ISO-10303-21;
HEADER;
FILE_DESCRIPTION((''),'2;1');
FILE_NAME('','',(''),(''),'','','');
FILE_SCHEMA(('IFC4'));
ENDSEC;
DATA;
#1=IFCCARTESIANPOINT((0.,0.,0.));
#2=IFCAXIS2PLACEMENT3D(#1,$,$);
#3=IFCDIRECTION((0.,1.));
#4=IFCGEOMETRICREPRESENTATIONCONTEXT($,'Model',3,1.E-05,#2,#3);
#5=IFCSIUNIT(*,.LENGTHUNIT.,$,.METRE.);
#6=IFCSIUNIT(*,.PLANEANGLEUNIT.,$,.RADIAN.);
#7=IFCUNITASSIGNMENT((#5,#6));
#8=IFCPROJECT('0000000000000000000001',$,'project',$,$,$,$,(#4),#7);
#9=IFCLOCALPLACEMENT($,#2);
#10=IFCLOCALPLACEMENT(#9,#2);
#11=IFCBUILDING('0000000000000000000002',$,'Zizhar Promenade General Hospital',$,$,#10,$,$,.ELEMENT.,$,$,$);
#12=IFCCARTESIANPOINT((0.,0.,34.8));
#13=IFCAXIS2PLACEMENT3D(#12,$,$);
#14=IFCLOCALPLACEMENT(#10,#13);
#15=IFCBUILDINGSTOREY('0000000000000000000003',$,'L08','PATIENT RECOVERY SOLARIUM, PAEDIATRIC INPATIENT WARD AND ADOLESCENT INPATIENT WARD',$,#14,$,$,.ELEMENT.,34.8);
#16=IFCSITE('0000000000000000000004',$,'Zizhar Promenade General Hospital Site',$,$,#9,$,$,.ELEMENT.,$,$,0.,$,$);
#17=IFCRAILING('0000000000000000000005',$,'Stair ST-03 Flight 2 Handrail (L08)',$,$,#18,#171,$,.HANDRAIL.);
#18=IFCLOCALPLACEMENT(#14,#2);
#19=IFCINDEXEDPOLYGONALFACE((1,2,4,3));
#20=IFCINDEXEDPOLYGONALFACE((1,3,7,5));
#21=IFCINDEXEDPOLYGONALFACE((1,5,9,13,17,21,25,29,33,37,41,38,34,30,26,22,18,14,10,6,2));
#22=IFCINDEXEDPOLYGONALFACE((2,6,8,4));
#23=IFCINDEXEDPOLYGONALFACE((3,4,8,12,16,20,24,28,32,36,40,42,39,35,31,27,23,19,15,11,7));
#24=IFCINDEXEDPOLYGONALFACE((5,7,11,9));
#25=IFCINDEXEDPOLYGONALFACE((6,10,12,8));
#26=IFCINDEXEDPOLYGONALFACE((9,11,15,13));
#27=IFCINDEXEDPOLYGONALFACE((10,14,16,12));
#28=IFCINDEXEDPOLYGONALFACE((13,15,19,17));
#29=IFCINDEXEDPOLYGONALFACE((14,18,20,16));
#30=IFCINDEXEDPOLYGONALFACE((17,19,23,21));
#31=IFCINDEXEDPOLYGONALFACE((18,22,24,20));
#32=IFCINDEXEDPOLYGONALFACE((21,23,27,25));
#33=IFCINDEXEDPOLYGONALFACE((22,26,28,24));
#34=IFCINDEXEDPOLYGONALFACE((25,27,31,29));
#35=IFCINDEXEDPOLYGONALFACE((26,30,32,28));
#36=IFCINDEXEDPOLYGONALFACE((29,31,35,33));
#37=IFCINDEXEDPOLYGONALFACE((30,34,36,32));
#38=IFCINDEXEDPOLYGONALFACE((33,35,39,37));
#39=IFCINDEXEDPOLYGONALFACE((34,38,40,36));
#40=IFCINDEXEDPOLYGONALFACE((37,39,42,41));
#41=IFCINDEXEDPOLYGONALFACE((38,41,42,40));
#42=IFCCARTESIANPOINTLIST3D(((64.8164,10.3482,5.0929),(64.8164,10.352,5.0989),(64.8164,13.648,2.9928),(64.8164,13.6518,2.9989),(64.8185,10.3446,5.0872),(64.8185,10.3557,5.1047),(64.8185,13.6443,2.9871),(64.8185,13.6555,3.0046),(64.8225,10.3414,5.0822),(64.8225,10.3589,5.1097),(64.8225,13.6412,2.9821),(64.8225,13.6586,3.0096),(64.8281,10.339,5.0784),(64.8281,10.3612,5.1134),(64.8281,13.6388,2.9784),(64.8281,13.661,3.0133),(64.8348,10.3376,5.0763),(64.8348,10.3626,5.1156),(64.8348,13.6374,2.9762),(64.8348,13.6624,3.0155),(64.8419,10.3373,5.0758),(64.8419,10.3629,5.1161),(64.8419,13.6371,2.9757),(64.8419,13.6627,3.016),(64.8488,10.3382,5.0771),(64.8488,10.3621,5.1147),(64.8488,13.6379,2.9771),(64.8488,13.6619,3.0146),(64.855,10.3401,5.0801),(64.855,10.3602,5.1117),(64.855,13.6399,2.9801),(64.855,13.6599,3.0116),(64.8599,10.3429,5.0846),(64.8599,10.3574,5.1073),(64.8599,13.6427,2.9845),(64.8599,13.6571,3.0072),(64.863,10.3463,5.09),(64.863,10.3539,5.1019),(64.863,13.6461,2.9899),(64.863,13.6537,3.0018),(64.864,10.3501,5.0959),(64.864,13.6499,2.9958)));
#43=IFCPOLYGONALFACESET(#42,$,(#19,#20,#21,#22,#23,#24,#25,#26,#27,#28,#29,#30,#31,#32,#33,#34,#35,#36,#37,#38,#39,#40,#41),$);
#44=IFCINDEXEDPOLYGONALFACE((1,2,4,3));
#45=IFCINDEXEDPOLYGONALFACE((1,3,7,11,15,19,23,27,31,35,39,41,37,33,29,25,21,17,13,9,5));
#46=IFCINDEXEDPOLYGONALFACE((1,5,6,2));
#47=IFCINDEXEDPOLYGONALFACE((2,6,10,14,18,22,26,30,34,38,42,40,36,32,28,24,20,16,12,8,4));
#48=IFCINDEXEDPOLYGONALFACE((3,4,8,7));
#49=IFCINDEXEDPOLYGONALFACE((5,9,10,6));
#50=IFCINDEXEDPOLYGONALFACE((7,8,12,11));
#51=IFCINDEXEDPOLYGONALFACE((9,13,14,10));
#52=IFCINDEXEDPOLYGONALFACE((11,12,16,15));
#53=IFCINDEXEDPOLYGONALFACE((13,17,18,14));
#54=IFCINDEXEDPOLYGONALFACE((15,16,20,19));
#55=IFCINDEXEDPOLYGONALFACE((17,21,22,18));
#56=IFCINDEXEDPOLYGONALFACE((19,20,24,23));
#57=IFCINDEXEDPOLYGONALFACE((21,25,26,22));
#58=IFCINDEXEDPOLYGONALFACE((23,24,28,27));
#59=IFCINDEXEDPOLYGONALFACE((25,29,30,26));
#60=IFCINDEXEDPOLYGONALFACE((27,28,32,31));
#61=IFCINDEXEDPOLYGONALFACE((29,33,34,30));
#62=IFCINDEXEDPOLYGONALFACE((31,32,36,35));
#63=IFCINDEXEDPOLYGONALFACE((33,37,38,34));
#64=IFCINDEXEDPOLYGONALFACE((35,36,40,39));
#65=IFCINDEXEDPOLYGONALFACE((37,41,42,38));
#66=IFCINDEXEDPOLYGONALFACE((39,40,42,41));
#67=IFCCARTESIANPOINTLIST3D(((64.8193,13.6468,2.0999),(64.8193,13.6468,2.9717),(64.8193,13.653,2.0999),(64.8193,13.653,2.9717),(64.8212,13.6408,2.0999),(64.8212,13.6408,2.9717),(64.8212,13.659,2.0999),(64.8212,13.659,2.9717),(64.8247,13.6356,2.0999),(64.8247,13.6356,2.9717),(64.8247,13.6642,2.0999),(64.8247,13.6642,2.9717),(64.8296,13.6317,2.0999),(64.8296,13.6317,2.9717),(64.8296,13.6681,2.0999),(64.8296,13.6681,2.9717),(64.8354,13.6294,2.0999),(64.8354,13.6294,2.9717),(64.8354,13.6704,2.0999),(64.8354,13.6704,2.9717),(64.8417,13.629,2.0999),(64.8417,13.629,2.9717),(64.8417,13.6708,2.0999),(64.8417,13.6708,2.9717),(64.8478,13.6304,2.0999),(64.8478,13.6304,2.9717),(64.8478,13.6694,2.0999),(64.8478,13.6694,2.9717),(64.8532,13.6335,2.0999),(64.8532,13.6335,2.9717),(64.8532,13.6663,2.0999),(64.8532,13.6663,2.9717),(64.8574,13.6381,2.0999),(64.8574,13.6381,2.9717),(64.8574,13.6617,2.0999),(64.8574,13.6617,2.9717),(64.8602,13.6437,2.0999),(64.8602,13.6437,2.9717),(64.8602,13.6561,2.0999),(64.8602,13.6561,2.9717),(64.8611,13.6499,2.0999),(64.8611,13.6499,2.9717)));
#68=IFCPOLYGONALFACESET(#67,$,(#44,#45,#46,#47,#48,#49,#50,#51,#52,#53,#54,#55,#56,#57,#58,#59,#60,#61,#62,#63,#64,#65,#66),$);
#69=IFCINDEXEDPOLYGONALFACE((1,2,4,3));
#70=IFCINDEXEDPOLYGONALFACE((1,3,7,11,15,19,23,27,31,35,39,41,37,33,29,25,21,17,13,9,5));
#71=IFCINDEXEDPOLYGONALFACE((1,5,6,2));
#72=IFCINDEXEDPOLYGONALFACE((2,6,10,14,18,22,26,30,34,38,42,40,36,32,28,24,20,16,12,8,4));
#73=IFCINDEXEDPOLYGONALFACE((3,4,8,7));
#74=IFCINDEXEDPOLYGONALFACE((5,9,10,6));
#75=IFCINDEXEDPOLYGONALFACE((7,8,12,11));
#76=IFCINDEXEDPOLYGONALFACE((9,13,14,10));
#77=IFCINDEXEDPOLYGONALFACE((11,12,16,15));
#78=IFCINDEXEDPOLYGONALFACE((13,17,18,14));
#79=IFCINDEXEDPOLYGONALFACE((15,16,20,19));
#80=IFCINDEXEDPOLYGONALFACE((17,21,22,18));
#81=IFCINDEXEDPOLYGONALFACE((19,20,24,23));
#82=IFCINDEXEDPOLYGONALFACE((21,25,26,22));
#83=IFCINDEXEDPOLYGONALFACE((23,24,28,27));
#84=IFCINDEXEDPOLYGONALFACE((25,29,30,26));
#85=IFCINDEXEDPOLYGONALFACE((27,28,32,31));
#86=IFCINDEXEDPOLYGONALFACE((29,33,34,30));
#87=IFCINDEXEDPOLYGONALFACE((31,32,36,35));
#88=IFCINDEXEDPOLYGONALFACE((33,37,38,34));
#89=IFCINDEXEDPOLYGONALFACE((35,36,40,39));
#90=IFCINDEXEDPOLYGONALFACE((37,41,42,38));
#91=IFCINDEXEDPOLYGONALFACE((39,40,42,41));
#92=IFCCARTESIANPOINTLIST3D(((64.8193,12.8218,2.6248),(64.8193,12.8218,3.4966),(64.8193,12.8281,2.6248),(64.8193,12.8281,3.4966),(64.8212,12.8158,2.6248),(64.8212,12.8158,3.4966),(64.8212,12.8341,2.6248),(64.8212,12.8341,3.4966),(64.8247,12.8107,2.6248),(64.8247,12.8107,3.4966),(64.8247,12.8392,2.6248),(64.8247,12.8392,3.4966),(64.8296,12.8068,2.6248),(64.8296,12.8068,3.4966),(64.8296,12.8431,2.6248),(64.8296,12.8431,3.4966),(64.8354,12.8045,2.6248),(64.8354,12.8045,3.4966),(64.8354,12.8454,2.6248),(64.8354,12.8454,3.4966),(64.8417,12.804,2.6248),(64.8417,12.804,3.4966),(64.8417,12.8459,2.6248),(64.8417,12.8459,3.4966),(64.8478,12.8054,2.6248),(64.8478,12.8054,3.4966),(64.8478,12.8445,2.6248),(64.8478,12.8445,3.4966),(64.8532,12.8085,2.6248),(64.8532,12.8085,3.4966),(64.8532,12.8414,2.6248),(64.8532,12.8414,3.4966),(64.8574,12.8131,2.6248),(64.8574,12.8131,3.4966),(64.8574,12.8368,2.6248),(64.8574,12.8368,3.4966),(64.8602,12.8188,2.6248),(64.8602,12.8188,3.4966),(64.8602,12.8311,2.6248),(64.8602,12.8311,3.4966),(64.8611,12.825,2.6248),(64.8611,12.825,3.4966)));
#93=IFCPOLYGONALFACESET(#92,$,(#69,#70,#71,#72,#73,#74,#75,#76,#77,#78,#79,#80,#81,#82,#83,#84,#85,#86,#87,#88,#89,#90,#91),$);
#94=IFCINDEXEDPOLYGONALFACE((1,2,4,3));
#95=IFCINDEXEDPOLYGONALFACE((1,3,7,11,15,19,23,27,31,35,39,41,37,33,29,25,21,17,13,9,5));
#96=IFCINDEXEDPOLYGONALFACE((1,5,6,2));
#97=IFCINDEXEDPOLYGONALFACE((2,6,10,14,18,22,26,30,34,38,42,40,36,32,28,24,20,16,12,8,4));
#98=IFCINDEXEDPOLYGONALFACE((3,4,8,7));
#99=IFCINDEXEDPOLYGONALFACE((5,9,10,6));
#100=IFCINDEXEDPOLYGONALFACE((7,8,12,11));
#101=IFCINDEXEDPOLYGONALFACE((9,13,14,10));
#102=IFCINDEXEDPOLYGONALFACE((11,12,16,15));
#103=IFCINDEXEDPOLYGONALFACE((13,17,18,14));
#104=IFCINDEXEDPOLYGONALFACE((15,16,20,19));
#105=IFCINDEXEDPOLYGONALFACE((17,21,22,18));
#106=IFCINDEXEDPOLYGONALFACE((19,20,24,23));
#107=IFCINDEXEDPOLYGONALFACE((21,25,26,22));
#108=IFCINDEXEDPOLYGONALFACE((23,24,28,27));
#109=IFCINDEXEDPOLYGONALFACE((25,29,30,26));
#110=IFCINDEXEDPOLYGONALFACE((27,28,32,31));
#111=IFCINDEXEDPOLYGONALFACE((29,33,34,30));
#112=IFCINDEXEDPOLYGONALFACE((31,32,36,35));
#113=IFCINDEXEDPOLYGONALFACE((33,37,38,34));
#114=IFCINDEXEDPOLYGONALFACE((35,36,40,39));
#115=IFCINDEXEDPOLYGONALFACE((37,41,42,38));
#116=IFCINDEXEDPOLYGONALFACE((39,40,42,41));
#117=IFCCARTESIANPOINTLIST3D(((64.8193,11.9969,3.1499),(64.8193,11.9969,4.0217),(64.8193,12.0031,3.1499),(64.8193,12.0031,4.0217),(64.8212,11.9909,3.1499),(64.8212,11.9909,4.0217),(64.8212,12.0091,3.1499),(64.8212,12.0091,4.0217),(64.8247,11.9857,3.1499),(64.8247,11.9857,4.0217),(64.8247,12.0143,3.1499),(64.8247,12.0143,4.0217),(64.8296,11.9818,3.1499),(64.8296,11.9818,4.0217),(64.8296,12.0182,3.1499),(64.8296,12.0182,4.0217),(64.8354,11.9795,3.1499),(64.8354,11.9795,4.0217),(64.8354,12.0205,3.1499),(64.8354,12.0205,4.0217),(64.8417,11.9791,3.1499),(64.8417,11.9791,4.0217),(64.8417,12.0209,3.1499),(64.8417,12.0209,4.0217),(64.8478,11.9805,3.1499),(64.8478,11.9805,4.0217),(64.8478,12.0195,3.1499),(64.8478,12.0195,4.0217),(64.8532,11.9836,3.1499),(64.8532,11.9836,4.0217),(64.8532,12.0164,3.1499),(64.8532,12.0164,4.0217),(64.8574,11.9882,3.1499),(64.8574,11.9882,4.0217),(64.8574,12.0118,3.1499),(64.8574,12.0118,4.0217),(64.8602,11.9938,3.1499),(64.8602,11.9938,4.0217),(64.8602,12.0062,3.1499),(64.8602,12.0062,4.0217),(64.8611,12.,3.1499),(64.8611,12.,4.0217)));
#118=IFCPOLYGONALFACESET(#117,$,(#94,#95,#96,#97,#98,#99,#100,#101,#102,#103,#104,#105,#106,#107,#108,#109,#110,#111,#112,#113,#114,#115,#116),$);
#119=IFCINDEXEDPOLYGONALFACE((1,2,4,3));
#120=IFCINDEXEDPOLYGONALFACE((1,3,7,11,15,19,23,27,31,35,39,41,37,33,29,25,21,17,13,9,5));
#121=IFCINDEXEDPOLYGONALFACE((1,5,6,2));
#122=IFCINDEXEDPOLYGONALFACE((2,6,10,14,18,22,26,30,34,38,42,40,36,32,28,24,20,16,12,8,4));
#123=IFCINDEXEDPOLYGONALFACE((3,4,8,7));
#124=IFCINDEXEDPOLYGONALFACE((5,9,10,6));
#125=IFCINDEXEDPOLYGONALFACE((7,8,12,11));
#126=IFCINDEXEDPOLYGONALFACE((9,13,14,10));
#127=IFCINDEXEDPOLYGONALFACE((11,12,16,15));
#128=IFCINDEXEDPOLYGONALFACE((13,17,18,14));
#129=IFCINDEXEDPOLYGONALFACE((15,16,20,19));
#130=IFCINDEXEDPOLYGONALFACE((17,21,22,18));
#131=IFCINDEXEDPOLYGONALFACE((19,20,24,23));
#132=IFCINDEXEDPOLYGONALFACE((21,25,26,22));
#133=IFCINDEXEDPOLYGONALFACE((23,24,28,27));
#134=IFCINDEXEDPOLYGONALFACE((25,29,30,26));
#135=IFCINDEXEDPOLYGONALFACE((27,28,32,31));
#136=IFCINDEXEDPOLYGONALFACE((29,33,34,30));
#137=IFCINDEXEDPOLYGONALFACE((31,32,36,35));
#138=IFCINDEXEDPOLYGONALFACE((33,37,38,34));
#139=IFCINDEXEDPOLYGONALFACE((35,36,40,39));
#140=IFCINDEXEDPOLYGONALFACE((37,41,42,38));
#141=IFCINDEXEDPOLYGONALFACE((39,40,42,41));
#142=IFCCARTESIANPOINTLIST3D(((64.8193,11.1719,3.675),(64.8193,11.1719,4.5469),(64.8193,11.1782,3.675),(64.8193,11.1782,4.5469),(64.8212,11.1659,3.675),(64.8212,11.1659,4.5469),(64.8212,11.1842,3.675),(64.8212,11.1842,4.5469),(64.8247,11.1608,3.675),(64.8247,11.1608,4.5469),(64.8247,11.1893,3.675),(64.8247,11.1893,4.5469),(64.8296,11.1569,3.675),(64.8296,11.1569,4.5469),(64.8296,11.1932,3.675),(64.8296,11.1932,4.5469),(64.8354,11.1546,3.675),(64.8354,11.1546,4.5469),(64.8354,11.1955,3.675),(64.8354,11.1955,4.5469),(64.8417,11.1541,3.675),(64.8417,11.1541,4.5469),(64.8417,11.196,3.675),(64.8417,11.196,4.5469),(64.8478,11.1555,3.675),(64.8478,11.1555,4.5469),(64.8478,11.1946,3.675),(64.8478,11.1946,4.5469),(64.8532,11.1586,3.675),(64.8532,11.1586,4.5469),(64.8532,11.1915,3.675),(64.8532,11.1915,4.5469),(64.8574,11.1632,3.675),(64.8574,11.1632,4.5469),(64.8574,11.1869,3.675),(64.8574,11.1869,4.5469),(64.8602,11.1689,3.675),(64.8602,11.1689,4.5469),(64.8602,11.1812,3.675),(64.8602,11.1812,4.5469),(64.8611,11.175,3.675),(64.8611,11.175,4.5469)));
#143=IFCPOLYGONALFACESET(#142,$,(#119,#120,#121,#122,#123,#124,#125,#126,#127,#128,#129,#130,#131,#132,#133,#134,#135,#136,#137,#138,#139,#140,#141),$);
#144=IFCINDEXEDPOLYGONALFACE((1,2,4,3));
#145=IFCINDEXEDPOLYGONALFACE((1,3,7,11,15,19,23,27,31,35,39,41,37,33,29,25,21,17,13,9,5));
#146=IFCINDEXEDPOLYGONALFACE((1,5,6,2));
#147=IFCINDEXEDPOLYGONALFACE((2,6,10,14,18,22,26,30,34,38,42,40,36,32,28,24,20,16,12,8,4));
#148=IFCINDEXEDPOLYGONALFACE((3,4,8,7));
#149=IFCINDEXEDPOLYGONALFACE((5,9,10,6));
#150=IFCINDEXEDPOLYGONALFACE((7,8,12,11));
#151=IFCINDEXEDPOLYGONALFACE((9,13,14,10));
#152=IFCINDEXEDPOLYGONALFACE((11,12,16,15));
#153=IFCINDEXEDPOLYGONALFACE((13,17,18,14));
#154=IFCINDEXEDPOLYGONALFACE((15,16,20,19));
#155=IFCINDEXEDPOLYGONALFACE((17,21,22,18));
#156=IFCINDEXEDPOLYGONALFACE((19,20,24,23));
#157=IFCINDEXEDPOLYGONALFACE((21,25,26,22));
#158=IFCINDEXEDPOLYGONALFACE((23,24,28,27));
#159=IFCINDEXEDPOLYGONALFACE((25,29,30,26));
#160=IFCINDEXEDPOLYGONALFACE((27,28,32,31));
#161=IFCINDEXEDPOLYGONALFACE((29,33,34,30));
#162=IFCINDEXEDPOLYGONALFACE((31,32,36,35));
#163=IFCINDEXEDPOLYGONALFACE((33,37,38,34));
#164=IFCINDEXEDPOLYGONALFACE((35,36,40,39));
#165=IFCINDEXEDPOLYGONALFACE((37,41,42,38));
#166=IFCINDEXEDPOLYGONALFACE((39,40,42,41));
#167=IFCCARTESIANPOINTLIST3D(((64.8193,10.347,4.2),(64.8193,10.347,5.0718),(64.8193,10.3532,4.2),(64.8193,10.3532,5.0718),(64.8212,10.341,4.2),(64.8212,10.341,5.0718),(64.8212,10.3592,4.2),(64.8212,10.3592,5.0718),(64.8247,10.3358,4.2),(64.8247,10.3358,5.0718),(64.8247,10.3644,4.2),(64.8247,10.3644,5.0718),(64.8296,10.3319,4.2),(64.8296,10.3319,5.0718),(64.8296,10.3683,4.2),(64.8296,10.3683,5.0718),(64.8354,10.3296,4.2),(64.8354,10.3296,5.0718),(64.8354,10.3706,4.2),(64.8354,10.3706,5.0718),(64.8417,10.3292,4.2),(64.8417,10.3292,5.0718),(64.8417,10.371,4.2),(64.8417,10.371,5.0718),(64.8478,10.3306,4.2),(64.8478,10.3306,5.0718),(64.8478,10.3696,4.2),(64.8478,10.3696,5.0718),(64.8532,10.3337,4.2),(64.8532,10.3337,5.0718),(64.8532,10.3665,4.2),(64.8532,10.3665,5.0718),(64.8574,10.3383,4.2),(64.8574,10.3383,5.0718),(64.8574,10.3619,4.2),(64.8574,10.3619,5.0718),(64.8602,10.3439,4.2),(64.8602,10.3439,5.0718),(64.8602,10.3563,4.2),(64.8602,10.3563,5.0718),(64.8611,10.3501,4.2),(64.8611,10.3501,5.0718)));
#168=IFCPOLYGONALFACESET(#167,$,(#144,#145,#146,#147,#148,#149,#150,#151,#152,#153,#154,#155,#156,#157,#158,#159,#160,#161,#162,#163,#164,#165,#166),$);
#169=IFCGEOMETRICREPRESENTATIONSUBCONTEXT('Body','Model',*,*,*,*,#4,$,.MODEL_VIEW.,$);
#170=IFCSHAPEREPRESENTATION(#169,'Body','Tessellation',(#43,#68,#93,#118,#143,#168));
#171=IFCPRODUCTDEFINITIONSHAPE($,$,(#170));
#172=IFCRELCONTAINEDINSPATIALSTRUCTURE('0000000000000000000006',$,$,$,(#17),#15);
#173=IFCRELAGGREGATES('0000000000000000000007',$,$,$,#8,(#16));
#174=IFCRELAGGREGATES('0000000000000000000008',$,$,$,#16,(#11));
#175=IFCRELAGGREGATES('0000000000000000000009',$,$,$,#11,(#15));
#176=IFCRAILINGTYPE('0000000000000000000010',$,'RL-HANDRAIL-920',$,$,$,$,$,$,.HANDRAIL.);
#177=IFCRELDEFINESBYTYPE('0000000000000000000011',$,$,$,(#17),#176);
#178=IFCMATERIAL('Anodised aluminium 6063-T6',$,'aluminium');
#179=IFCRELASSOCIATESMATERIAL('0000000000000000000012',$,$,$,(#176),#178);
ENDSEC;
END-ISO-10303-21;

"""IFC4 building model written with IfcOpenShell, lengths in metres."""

from ifc_helpers import new_model, si_unit, direction, frame, origin, origin_2d, place, context, subcontext, project, spatial, circle, hollow_circle, extrude, material, material_profile, profile_set, type_object, element, save


model = new_model("IFC4")

# Units and contexts
model_context = context("Model", 3, precision=1e-05, world=origin(), true_north=direction((0.0, 1.0)))
body_context = subcontext(model_context, "Body", "Model", "MODEL_VIEW")
ifc_project = project(units=[si_unit("LENGTHUNIT", "METRE"), si_unit("PLANEANGLEUNIT", "RADIAN")], contexts=[model_context])

# Site, building, storey
site_placement = place(None, origin())
site = spatial("IfcSite", under=ifc_project, at=site_placement, Name="Zizhar Promenade General Hospital Site", CompositionType="ELEMENT", RefElevation=0.0)
building_placement = place(site_placement, origin())
building = spatial("IfcBuilding", under=site, at=building_placement, Name="Zizhar Promenade General Hospital", CompositionType="ELEMENT")
storey_placement = place(building_placement, frame((0.0, 0.0, 34.8)))
storey = spatial("IfcBuildingStorey", under=building, at=storey_placement, Name="L08", Description="PATIENT RECOVERY SOLARIUM, PAEDIATRIC INPATIENT WARD AND ADOLESCENT INPATIENT WARD", CompositionType="ELEMENT", Elevation=34.8)

# Railing
ifc_material_1 = material(Name="Anodised aluminium 6063-T6", Category="aluminium")
ifc_material_profile_1 = material_profile(ifc_material_1, hollow_circle(Radius=0.0698, WallThickness=0.0063, at=origin_2d()))
ifc_profile_set_1 = profile_set([ifc_material_profile_1], Name="Anodised aluminium 6063-T6")
railing_type_1 = type_object("IfcRailingType", Name="RL-HANDRAIL-920", PredefinedType="HANDRAIL", material=ifc_profile_set_1)
railing_1_placement = place(storey_placement, frame((64.8401, 13.6499, 2.0999)))
element("IfcRailing", 1, at=railing_1_placement, inside=storey, type_object=railing_type_1, Name="Stair ST-03 Flight 2 Handrail (L08)", PredefinedType="HANDRAIL", context=body_context, shape_type="SweptSolid", body=[
    extrude(circle(Radius=0.0239, at=origin_2d()), frame((0.0, 0.0, 0.896), z_axis=(0.0, -0.843636, 0.536916), x_axis=(1.0, 0.0, 0.0)), (0.0, 0.0, 1.0), 3.9114),
    extrude(circle(Radius=0.021, at=origin_2d()), origin(), (0.0, 0.0, 1.0), 0.8718),
    extrude(circle(Radius=0.021, at=origin_2d()), frame((0.0, -0.825, 0.5249)), (0.0, 0.0, 1.0), 0.8718),
    extrude(circle(Radius=0.021, at=origin_2d()), frame((0.0, -1.6499, 1.05)), (0.0, 0.0, 1.0), 0.8718),
    extrude(circle(Radius=0.021, at=origin_2d()), frame((0.0, -2.4749, 1.5752)), (0.0, 0.0, 1.0), 0.8718),
    extrude(circle(Radius=0.021, at=origin_2d()), frame((0.0, -3.2998, 2.1001)), (0.0, 0.0, 1.0), 0.8718),
])

save(model, "model.ifc")
